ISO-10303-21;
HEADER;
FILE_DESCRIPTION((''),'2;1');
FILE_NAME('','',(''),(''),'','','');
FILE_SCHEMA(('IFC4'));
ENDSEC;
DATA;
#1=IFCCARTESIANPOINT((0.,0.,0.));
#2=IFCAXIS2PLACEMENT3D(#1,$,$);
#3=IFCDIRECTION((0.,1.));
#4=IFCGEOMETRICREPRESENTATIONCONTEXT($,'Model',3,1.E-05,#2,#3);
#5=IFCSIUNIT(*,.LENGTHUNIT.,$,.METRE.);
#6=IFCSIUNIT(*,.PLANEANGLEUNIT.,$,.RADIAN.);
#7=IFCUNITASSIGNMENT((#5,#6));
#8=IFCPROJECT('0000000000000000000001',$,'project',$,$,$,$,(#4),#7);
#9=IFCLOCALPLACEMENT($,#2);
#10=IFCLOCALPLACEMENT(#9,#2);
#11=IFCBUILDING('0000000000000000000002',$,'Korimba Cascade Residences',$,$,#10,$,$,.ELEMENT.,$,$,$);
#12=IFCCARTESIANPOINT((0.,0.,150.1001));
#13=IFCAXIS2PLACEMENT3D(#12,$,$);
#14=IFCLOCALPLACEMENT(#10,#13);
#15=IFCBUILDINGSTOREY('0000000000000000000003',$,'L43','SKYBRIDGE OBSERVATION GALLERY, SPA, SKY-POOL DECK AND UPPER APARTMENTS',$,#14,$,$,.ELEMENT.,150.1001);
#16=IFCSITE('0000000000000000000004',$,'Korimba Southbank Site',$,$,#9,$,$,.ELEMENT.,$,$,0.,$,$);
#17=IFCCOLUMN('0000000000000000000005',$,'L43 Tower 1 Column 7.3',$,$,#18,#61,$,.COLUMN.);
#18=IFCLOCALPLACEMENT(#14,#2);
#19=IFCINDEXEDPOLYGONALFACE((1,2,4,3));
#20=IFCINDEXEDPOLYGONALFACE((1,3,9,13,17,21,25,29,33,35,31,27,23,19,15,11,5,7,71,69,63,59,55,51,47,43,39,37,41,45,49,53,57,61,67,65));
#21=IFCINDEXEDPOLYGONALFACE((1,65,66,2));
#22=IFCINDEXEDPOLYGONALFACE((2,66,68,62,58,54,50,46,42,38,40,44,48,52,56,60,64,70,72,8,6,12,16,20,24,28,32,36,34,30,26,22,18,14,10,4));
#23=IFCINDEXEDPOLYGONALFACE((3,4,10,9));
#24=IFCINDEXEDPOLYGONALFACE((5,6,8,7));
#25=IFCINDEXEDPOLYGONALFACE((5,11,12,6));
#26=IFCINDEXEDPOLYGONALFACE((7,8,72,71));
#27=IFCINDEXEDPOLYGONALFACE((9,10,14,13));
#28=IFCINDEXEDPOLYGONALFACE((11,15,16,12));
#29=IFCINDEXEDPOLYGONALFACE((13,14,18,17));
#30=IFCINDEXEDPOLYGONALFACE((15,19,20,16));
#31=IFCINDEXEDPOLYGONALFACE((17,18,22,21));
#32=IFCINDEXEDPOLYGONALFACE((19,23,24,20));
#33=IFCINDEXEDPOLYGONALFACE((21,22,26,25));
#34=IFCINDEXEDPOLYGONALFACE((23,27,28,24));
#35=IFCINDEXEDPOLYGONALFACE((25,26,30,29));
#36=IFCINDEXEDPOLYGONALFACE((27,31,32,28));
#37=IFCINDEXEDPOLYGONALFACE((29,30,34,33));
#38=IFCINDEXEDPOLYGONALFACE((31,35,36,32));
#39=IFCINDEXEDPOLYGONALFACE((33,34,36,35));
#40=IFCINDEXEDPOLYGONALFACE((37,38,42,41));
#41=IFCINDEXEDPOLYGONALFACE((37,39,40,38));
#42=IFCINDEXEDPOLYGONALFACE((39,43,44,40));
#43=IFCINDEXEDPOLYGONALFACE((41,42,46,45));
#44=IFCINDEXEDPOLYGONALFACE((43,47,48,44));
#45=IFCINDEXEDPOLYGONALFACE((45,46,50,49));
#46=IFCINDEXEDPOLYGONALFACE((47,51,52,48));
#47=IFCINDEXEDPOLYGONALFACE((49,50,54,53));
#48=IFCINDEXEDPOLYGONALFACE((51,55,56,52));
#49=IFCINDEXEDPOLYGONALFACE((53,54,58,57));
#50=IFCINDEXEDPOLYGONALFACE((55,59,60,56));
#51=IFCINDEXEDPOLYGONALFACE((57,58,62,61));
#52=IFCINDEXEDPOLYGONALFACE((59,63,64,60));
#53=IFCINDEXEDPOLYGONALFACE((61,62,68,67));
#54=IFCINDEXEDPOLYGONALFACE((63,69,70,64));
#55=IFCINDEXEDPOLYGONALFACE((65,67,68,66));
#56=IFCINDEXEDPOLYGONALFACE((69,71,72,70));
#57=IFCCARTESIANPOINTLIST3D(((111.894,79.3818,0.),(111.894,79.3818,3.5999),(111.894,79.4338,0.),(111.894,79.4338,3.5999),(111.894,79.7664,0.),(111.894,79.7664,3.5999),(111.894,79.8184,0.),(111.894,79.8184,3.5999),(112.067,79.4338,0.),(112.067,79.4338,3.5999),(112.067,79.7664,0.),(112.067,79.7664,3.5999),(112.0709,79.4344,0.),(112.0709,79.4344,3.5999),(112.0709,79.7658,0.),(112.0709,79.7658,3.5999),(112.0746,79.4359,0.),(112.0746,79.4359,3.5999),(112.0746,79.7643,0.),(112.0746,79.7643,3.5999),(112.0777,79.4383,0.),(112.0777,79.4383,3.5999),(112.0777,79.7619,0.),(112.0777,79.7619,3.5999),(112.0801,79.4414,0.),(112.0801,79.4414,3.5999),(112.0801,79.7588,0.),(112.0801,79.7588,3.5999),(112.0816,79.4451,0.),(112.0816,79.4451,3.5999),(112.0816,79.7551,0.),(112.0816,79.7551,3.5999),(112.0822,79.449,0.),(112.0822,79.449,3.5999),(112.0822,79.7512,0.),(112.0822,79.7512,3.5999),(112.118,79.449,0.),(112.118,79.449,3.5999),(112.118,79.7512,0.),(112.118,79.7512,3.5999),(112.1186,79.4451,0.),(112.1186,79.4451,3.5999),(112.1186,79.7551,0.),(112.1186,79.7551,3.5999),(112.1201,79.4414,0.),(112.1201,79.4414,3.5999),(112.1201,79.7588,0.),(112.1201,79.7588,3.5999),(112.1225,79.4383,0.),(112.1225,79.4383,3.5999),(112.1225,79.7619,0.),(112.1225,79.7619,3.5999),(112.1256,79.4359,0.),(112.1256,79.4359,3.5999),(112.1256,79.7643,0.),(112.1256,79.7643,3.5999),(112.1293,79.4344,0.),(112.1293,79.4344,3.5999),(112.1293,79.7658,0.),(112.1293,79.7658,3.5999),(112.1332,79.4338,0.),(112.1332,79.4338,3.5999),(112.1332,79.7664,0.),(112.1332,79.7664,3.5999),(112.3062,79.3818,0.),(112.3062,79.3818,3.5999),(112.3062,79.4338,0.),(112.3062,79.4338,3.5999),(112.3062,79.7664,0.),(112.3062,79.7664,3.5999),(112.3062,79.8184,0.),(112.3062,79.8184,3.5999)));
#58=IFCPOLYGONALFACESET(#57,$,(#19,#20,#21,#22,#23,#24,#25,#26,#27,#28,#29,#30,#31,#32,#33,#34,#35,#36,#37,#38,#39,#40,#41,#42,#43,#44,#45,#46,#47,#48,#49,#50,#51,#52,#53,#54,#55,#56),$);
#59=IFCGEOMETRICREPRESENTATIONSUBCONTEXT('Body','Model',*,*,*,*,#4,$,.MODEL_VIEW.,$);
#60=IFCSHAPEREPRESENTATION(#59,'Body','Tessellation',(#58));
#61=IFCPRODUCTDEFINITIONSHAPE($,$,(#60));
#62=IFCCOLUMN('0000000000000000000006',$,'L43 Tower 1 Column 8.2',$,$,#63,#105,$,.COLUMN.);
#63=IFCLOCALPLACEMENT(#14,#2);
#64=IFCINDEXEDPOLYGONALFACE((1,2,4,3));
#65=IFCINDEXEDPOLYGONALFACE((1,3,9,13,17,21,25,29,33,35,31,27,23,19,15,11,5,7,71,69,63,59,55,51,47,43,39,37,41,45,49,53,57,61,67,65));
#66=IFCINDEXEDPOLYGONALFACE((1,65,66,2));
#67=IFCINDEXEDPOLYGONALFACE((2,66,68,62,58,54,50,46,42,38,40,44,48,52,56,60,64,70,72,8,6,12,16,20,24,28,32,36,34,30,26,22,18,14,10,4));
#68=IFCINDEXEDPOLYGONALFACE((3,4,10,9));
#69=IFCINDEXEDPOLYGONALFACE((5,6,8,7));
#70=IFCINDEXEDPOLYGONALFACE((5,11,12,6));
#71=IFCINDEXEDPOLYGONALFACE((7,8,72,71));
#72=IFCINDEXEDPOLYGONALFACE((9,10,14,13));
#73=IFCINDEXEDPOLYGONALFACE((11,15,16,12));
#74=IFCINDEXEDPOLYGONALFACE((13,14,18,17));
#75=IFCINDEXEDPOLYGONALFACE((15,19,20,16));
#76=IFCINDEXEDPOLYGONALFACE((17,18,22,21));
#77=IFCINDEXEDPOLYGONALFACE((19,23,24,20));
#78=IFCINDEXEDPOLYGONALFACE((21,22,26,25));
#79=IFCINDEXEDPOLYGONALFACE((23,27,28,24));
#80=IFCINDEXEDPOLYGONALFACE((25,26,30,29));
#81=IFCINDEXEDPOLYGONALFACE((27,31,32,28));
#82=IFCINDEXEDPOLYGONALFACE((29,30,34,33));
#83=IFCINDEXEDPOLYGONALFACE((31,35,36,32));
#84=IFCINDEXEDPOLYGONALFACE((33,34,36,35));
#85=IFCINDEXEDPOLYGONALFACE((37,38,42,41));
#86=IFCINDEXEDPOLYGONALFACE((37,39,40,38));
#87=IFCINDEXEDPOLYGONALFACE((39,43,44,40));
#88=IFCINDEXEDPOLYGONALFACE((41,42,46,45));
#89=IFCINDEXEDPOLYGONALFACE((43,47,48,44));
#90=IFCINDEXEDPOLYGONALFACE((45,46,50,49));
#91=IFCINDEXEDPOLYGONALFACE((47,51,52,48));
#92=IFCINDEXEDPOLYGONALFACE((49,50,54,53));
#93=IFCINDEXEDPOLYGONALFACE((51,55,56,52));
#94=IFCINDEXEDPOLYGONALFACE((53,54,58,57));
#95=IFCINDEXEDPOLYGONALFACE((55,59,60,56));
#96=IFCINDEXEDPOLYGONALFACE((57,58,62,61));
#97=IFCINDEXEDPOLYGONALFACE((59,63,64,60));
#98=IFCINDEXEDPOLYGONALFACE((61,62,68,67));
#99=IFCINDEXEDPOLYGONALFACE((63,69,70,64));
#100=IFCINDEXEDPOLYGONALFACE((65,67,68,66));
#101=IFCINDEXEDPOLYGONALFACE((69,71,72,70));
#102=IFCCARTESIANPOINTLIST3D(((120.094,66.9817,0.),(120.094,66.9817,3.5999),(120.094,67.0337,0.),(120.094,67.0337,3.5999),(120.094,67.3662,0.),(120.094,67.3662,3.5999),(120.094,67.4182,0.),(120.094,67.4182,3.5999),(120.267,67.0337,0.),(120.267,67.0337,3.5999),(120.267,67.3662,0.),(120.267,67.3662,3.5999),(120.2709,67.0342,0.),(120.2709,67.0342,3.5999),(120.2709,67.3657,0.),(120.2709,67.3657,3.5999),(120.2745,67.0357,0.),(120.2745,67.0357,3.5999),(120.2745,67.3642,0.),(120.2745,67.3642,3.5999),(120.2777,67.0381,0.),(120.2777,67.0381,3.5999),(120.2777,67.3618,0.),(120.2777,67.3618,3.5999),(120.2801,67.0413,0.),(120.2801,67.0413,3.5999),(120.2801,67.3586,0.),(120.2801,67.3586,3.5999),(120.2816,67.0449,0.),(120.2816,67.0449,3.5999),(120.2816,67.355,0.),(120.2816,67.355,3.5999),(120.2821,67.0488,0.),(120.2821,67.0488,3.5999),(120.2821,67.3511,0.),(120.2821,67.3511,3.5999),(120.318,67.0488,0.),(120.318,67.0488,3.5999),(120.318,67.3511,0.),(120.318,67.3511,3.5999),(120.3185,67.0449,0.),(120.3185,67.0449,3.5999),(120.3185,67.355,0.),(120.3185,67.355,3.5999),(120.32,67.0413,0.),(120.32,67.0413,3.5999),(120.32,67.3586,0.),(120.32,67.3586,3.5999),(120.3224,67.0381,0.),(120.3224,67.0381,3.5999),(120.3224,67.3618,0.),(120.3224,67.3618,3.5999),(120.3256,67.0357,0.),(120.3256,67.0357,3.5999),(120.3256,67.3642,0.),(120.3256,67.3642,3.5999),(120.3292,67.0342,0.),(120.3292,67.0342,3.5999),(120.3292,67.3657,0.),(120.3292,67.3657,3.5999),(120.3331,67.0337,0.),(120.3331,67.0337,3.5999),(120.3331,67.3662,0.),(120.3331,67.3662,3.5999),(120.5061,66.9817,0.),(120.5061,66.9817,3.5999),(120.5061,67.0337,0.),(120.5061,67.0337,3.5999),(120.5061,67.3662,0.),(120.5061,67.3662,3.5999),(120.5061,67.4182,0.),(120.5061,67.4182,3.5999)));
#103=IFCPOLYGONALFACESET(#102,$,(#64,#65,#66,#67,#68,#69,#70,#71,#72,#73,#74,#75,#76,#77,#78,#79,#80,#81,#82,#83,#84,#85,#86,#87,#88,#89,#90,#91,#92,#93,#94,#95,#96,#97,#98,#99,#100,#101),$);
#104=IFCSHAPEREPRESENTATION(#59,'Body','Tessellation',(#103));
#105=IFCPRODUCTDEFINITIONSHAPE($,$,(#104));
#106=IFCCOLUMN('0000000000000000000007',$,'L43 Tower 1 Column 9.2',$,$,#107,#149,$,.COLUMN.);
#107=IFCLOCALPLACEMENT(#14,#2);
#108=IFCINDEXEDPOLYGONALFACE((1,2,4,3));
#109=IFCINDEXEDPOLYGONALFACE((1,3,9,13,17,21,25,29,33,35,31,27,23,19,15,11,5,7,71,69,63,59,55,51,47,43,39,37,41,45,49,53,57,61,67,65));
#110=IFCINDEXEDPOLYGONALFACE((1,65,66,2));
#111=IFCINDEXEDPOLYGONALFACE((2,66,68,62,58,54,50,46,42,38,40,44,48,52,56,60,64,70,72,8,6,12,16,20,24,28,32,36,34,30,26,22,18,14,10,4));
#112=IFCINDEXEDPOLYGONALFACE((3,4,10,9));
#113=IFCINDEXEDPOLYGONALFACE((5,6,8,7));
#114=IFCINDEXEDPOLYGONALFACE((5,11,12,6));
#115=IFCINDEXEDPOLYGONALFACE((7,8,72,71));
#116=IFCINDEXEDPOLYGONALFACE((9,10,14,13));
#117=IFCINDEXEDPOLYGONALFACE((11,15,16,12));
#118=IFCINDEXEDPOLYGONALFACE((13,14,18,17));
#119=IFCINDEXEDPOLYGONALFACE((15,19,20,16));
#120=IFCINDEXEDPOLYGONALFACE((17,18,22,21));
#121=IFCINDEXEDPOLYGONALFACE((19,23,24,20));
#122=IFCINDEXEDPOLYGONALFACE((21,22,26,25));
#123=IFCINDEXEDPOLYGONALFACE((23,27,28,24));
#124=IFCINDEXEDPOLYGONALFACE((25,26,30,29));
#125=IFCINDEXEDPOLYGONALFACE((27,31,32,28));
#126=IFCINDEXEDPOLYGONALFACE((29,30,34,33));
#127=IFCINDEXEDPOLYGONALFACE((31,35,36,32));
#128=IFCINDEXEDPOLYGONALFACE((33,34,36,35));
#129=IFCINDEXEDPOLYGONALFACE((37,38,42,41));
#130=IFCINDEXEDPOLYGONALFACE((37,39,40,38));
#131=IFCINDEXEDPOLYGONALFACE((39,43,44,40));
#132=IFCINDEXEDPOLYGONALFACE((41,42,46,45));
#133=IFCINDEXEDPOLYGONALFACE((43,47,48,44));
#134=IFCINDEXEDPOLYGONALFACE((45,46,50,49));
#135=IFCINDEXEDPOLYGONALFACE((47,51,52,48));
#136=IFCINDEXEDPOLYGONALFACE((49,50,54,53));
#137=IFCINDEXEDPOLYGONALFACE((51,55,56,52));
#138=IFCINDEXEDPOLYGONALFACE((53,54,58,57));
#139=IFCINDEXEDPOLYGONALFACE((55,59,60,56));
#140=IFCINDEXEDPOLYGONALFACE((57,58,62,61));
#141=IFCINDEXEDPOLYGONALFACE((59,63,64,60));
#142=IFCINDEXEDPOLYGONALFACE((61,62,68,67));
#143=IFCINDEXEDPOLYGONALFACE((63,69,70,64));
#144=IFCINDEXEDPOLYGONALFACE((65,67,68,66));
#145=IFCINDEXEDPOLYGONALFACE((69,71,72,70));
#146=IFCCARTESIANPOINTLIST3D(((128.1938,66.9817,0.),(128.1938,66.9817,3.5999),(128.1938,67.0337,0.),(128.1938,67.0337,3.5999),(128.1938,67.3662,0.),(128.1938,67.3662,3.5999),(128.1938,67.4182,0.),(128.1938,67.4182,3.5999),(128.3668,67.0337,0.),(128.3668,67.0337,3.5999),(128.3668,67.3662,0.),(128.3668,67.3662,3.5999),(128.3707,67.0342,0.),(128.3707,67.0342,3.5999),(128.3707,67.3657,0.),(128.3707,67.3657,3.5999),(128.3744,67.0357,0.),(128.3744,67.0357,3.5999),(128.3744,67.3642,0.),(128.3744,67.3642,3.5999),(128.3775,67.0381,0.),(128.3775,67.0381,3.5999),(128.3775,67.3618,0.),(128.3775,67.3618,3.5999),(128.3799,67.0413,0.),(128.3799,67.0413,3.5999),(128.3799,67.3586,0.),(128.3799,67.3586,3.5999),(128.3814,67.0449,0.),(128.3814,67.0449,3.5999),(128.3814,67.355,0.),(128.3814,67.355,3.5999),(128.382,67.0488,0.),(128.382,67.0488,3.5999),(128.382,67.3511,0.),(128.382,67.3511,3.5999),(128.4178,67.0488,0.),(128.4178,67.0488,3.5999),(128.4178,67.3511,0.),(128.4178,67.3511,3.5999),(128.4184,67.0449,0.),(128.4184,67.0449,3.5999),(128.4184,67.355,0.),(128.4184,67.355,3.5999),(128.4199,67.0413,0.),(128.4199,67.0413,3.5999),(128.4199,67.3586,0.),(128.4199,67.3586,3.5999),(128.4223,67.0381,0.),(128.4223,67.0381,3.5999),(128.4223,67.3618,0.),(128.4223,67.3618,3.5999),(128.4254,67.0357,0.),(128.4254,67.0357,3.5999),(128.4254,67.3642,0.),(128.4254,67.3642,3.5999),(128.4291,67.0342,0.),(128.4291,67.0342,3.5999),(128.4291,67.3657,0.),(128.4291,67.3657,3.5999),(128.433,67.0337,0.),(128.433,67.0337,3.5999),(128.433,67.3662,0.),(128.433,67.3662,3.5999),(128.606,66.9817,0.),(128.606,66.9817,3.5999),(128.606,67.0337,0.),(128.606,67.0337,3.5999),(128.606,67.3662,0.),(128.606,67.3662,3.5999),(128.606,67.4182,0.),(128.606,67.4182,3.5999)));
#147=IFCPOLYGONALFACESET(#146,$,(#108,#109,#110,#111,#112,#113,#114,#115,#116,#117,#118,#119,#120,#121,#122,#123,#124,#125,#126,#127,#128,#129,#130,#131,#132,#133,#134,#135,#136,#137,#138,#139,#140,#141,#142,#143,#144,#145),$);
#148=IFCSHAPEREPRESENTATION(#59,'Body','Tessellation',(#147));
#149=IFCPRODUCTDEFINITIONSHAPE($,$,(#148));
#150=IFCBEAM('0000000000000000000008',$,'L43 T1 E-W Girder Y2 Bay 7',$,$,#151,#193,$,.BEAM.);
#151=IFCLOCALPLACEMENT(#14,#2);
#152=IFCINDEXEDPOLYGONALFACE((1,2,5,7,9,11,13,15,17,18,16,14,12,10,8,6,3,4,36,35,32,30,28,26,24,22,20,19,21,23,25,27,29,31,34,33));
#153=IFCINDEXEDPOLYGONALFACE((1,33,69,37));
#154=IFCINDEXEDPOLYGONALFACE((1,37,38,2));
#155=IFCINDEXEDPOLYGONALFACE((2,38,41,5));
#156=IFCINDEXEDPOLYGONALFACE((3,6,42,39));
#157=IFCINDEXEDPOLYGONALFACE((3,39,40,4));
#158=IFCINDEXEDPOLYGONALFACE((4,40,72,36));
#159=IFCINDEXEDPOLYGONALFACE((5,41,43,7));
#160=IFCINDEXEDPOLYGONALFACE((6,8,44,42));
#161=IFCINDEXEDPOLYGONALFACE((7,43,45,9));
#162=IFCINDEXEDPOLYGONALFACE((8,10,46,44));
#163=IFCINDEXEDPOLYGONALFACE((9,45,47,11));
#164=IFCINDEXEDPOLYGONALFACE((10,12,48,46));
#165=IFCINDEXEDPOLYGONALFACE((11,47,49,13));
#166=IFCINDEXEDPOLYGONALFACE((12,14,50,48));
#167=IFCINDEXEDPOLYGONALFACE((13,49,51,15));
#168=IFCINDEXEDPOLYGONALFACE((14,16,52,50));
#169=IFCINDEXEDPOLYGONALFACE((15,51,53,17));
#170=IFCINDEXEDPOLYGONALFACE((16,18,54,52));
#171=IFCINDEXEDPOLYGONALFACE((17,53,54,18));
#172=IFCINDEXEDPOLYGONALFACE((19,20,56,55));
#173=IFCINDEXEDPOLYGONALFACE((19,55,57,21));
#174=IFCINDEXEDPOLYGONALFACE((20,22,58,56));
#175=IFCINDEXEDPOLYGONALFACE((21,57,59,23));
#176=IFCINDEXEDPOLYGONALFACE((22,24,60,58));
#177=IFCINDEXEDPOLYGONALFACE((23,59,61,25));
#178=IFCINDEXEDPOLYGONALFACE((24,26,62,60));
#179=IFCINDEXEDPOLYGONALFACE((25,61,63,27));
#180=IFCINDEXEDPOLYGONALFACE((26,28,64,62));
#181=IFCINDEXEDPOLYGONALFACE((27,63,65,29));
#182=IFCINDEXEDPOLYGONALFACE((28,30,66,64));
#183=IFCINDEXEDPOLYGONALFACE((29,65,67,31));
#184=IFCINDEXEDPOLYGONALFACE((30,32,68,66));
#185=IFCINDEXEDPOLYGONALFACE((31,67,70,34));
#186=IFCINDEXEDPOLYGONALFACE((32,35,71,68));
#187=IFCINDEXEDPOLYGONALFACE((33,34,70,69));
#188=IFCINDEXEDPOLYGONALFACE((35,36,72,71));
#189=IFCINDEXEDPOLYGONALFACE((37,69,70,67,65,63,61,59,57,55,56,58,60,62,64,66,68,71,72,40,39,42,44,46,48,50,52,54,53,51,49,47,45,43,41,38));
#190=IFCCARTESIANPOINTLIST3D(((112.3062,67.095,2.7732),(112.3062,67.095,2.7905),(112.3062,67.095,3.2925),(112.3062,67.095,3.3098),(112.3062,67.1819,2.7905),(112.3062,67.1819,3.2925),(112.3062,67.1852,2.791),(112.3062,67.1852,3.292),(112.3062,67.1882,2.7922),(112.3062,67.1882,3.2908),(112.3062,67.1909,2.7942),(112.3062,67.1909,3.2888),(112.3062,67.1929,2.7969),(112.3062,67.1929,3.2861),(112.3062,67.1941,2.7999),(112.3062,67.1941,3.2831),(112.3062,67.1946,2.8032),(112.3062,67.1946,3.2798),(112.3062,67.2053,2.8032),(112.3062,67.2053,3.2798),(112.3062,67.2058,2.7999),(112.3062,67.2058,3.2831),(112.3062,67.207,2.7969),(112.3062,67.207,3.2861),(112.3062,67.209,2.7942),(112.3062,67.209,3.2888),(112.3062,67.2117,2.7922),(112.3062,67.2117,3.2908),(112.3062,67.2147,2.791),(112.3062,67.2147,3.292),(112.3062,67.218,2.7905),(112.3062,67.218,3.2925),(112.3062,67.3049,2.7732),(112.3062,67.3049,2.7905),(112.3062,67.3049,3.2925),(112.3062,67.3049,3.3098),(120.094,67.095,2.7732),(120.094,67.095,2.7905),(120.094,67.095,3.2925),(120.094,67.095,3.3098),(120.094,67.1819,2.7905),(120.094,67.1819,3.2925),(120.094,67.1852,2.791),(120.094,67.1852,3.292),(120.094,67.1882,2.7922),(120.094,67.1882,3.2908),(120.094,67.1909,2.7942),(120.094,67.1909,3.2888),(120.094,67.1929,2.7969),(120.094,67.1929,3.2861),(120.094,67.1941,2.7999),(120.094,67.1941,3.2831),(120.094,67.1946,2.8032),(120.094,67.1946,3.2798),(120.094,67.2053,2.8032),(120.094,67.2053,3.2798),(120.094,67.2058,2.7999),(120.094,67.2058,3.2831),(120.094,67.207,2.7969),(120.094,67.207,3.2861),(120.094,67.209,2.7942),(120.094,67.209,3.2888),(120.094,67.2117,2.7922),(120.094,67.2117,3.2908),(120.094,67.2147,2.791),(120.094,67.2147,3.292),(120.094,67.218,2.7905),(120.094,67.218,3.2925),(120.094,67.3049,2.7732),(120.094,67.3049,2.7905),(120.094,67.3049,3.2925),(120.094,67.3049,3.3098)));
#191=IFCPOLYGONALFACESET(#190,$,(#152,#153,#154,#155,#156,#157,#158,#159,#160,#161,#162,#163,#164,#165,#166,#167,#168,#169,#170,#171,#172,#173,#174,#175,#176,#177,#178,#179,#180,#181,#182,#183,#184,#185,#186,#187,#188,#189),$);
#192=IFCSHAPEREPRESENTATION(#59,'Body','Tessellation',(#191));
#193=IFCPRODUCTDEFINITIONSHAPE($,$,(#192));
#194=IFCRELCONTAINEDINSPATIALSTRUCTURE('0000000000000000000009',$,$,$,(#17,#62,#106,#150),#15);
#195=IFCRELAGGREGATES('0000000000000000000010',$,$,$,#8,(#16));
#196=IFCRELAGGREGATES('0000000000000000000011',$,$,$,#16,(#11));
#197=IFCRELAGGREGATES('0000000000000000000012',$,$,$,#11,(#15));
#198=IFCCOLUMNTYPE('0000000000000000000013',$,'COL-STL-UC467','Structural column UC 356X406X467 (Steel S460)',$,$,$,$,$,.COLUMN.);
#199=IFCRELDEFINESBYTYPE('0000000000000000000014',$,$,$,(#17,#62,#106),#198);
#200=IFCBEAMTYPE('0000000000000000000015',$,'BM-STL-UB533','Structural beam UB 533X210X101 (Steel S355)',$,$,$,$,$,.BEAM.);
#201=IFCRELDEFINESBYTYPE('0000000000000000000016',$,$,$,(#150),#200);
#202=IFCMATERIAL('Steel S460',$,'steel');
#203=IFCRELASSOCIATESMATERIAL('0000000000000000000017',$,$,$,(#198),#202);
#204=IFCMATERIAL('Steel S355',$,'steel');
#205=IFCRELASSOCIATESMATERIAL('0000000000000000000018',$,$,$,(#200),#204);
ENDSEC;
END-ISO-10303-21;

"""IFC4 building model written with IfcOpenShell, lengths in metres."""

from ifc_helpers import new_model, si_unit, direction, frame, origin, origin_2d, place, context, subcontext, project, spatial, i_section, extrude, material, material_profile, profile_set, type_object, element, save


model = new_model("IFC4")

# Units and contexts
model_context = context("Model", 3, precision=1e-05, world=origin(), true_north=direction((0.0, 1.0)))
body_context = subcontext(model_context, "Body", "Model", "MODEL_VIEW")
ifc_project = project(units=[si_unit("LENGTHUNIT", "METRE"), si_unit("PLANEANGLEUNIT", "RADIAN")], contexts=[model_context])

# Site, building, storey
site_placement = place(None, origin())
site = spatial("IfcSite", under=ifc_project, at=site_placement, Name="Korimba Southbank Site", CompositionType="ELEMENT", RefElevation=0.0)
building_placement = place(site_placement, origin())
building = spatial("IfcBuilding", under=site, at=building_placement, Name="Korimba Cascade Residences", CompositionType="ELEMENT")
storey_placement = place(building_placement, frame((0.0, 0.0, 150.1001)))
storey = spatial("IfcBuildingStorey", under=building, at=storey_placement, Name="L43", Description="SKYBRIDGE OBSERVATION GALLERY, SPA, SKY-POOL DECK AND UPPER APARTMENTS", CompositionType="ELEMENT", Elevation=150.1001)

# Columns
ifc_material_1 = material(Name="Steel S460", Category="steel")
ifc_material_profile_1 = material_profile(ifc_material_1, i_section(OverallWidth=0.4121, OverallDepth=0.4365, WebThickness=0.0359, FlangeThickness=0.052, FilletRadius=0.0151, at=origin_2d()), Name="Steel S460")
ifc_profile_set_1 = profile_set([ifc_material_profile_1], Name="Steel S460")
column_type = type_object("IfcColumnType", Name="COL-STL-UC467", Description="Structural column UC 356X406X467 (Steel S460)", PredefinedType="COLUMN", material=ifc_profile_set_1)
for number, where, z_axis, x_axis, name in (
    (1, (112.1001, 79.6001, 0.0), (0.0, 0.0, 1.0), (1.0, 0.0, 0.0), "L43 Tower 1 Column 7.3"),
    (2, (120.3, 67.2, 0.0), (0.0, 0.0, 1.0), (1.0, 0.0, 0.0), "L43 Tower 1 Column 8.2"),
    (3, (128.3999, 67.2, 0.0), (0.0, 0.0, 1.0), (1.0, 0.0, 0.0), "L43 Tower 1 Column 9.2"),
):
    element("IfcColumn", number, at=place(storey_placement, frame(where, z_axis=z_axis, x_axis=x_axis)), inside=storey, type_object=column_type, Name=name, PredefinedType="COLUMN", context=body_context, shape_type="SweptSolid", body=[
        extrude(i_section(OverallWidth=0.4121, OverallDepth=0.4365, WebThickness=0.0359, FlangeThickness=0.052, FilletRadius=0.0151, at=origin_2d()), origin(), (0.0, 0.0, 1.0), 3.5999),
    ])

# Beam
ifc_material_2 = material(Name="Steel S355", Category="steel")
ifc_material_profile_2 = material_profile(ifc_material_2, i_section(OverallWidth=0.21, OverallDepth=0.5366, WebThickness=0.0107, FlangeThickness=0.0173, FilletRadius=0.0127, at=origin_2d()), Name="Steel S355")
ifc_profile_set_2 = profile_set([ifc_material_profile_2], Name="Steel S355")
beam_type_1 = type_object("IfcBeamType", Name="BM-STL-UB533", Description="Structural beam UB 533X210X101 (Steel S355)", PredefinedType="BEAM", material=ifc_profile_set_2)
beam_1_placement = place(storey_placement, frame((112.3062, 67.2, 3.0415), z_axis=(1.0, 0.0, 0.0), x_axis=(0.0, 1.0, 0.0)))
element("IfcBeam", 4, at=beam_1_placement, inside=storey, type_object=beam_type_1, Name="L43 T1 E-W Girder Y2 Bay 7", PredefinedType="BEAM", context=body_context, shape_type="SweptSolid", body=[
    extrude(i_section(OverallWidth=0.21, OverallDepth=0.5366, WebThickness=0.0107, FlangeThickness=0.0173, FilletRadius=0.0127, at=origin_2d()), origin(), (0.0, 0.0, 1.0), 7.7878),
])

save(model, "model.ifc")
